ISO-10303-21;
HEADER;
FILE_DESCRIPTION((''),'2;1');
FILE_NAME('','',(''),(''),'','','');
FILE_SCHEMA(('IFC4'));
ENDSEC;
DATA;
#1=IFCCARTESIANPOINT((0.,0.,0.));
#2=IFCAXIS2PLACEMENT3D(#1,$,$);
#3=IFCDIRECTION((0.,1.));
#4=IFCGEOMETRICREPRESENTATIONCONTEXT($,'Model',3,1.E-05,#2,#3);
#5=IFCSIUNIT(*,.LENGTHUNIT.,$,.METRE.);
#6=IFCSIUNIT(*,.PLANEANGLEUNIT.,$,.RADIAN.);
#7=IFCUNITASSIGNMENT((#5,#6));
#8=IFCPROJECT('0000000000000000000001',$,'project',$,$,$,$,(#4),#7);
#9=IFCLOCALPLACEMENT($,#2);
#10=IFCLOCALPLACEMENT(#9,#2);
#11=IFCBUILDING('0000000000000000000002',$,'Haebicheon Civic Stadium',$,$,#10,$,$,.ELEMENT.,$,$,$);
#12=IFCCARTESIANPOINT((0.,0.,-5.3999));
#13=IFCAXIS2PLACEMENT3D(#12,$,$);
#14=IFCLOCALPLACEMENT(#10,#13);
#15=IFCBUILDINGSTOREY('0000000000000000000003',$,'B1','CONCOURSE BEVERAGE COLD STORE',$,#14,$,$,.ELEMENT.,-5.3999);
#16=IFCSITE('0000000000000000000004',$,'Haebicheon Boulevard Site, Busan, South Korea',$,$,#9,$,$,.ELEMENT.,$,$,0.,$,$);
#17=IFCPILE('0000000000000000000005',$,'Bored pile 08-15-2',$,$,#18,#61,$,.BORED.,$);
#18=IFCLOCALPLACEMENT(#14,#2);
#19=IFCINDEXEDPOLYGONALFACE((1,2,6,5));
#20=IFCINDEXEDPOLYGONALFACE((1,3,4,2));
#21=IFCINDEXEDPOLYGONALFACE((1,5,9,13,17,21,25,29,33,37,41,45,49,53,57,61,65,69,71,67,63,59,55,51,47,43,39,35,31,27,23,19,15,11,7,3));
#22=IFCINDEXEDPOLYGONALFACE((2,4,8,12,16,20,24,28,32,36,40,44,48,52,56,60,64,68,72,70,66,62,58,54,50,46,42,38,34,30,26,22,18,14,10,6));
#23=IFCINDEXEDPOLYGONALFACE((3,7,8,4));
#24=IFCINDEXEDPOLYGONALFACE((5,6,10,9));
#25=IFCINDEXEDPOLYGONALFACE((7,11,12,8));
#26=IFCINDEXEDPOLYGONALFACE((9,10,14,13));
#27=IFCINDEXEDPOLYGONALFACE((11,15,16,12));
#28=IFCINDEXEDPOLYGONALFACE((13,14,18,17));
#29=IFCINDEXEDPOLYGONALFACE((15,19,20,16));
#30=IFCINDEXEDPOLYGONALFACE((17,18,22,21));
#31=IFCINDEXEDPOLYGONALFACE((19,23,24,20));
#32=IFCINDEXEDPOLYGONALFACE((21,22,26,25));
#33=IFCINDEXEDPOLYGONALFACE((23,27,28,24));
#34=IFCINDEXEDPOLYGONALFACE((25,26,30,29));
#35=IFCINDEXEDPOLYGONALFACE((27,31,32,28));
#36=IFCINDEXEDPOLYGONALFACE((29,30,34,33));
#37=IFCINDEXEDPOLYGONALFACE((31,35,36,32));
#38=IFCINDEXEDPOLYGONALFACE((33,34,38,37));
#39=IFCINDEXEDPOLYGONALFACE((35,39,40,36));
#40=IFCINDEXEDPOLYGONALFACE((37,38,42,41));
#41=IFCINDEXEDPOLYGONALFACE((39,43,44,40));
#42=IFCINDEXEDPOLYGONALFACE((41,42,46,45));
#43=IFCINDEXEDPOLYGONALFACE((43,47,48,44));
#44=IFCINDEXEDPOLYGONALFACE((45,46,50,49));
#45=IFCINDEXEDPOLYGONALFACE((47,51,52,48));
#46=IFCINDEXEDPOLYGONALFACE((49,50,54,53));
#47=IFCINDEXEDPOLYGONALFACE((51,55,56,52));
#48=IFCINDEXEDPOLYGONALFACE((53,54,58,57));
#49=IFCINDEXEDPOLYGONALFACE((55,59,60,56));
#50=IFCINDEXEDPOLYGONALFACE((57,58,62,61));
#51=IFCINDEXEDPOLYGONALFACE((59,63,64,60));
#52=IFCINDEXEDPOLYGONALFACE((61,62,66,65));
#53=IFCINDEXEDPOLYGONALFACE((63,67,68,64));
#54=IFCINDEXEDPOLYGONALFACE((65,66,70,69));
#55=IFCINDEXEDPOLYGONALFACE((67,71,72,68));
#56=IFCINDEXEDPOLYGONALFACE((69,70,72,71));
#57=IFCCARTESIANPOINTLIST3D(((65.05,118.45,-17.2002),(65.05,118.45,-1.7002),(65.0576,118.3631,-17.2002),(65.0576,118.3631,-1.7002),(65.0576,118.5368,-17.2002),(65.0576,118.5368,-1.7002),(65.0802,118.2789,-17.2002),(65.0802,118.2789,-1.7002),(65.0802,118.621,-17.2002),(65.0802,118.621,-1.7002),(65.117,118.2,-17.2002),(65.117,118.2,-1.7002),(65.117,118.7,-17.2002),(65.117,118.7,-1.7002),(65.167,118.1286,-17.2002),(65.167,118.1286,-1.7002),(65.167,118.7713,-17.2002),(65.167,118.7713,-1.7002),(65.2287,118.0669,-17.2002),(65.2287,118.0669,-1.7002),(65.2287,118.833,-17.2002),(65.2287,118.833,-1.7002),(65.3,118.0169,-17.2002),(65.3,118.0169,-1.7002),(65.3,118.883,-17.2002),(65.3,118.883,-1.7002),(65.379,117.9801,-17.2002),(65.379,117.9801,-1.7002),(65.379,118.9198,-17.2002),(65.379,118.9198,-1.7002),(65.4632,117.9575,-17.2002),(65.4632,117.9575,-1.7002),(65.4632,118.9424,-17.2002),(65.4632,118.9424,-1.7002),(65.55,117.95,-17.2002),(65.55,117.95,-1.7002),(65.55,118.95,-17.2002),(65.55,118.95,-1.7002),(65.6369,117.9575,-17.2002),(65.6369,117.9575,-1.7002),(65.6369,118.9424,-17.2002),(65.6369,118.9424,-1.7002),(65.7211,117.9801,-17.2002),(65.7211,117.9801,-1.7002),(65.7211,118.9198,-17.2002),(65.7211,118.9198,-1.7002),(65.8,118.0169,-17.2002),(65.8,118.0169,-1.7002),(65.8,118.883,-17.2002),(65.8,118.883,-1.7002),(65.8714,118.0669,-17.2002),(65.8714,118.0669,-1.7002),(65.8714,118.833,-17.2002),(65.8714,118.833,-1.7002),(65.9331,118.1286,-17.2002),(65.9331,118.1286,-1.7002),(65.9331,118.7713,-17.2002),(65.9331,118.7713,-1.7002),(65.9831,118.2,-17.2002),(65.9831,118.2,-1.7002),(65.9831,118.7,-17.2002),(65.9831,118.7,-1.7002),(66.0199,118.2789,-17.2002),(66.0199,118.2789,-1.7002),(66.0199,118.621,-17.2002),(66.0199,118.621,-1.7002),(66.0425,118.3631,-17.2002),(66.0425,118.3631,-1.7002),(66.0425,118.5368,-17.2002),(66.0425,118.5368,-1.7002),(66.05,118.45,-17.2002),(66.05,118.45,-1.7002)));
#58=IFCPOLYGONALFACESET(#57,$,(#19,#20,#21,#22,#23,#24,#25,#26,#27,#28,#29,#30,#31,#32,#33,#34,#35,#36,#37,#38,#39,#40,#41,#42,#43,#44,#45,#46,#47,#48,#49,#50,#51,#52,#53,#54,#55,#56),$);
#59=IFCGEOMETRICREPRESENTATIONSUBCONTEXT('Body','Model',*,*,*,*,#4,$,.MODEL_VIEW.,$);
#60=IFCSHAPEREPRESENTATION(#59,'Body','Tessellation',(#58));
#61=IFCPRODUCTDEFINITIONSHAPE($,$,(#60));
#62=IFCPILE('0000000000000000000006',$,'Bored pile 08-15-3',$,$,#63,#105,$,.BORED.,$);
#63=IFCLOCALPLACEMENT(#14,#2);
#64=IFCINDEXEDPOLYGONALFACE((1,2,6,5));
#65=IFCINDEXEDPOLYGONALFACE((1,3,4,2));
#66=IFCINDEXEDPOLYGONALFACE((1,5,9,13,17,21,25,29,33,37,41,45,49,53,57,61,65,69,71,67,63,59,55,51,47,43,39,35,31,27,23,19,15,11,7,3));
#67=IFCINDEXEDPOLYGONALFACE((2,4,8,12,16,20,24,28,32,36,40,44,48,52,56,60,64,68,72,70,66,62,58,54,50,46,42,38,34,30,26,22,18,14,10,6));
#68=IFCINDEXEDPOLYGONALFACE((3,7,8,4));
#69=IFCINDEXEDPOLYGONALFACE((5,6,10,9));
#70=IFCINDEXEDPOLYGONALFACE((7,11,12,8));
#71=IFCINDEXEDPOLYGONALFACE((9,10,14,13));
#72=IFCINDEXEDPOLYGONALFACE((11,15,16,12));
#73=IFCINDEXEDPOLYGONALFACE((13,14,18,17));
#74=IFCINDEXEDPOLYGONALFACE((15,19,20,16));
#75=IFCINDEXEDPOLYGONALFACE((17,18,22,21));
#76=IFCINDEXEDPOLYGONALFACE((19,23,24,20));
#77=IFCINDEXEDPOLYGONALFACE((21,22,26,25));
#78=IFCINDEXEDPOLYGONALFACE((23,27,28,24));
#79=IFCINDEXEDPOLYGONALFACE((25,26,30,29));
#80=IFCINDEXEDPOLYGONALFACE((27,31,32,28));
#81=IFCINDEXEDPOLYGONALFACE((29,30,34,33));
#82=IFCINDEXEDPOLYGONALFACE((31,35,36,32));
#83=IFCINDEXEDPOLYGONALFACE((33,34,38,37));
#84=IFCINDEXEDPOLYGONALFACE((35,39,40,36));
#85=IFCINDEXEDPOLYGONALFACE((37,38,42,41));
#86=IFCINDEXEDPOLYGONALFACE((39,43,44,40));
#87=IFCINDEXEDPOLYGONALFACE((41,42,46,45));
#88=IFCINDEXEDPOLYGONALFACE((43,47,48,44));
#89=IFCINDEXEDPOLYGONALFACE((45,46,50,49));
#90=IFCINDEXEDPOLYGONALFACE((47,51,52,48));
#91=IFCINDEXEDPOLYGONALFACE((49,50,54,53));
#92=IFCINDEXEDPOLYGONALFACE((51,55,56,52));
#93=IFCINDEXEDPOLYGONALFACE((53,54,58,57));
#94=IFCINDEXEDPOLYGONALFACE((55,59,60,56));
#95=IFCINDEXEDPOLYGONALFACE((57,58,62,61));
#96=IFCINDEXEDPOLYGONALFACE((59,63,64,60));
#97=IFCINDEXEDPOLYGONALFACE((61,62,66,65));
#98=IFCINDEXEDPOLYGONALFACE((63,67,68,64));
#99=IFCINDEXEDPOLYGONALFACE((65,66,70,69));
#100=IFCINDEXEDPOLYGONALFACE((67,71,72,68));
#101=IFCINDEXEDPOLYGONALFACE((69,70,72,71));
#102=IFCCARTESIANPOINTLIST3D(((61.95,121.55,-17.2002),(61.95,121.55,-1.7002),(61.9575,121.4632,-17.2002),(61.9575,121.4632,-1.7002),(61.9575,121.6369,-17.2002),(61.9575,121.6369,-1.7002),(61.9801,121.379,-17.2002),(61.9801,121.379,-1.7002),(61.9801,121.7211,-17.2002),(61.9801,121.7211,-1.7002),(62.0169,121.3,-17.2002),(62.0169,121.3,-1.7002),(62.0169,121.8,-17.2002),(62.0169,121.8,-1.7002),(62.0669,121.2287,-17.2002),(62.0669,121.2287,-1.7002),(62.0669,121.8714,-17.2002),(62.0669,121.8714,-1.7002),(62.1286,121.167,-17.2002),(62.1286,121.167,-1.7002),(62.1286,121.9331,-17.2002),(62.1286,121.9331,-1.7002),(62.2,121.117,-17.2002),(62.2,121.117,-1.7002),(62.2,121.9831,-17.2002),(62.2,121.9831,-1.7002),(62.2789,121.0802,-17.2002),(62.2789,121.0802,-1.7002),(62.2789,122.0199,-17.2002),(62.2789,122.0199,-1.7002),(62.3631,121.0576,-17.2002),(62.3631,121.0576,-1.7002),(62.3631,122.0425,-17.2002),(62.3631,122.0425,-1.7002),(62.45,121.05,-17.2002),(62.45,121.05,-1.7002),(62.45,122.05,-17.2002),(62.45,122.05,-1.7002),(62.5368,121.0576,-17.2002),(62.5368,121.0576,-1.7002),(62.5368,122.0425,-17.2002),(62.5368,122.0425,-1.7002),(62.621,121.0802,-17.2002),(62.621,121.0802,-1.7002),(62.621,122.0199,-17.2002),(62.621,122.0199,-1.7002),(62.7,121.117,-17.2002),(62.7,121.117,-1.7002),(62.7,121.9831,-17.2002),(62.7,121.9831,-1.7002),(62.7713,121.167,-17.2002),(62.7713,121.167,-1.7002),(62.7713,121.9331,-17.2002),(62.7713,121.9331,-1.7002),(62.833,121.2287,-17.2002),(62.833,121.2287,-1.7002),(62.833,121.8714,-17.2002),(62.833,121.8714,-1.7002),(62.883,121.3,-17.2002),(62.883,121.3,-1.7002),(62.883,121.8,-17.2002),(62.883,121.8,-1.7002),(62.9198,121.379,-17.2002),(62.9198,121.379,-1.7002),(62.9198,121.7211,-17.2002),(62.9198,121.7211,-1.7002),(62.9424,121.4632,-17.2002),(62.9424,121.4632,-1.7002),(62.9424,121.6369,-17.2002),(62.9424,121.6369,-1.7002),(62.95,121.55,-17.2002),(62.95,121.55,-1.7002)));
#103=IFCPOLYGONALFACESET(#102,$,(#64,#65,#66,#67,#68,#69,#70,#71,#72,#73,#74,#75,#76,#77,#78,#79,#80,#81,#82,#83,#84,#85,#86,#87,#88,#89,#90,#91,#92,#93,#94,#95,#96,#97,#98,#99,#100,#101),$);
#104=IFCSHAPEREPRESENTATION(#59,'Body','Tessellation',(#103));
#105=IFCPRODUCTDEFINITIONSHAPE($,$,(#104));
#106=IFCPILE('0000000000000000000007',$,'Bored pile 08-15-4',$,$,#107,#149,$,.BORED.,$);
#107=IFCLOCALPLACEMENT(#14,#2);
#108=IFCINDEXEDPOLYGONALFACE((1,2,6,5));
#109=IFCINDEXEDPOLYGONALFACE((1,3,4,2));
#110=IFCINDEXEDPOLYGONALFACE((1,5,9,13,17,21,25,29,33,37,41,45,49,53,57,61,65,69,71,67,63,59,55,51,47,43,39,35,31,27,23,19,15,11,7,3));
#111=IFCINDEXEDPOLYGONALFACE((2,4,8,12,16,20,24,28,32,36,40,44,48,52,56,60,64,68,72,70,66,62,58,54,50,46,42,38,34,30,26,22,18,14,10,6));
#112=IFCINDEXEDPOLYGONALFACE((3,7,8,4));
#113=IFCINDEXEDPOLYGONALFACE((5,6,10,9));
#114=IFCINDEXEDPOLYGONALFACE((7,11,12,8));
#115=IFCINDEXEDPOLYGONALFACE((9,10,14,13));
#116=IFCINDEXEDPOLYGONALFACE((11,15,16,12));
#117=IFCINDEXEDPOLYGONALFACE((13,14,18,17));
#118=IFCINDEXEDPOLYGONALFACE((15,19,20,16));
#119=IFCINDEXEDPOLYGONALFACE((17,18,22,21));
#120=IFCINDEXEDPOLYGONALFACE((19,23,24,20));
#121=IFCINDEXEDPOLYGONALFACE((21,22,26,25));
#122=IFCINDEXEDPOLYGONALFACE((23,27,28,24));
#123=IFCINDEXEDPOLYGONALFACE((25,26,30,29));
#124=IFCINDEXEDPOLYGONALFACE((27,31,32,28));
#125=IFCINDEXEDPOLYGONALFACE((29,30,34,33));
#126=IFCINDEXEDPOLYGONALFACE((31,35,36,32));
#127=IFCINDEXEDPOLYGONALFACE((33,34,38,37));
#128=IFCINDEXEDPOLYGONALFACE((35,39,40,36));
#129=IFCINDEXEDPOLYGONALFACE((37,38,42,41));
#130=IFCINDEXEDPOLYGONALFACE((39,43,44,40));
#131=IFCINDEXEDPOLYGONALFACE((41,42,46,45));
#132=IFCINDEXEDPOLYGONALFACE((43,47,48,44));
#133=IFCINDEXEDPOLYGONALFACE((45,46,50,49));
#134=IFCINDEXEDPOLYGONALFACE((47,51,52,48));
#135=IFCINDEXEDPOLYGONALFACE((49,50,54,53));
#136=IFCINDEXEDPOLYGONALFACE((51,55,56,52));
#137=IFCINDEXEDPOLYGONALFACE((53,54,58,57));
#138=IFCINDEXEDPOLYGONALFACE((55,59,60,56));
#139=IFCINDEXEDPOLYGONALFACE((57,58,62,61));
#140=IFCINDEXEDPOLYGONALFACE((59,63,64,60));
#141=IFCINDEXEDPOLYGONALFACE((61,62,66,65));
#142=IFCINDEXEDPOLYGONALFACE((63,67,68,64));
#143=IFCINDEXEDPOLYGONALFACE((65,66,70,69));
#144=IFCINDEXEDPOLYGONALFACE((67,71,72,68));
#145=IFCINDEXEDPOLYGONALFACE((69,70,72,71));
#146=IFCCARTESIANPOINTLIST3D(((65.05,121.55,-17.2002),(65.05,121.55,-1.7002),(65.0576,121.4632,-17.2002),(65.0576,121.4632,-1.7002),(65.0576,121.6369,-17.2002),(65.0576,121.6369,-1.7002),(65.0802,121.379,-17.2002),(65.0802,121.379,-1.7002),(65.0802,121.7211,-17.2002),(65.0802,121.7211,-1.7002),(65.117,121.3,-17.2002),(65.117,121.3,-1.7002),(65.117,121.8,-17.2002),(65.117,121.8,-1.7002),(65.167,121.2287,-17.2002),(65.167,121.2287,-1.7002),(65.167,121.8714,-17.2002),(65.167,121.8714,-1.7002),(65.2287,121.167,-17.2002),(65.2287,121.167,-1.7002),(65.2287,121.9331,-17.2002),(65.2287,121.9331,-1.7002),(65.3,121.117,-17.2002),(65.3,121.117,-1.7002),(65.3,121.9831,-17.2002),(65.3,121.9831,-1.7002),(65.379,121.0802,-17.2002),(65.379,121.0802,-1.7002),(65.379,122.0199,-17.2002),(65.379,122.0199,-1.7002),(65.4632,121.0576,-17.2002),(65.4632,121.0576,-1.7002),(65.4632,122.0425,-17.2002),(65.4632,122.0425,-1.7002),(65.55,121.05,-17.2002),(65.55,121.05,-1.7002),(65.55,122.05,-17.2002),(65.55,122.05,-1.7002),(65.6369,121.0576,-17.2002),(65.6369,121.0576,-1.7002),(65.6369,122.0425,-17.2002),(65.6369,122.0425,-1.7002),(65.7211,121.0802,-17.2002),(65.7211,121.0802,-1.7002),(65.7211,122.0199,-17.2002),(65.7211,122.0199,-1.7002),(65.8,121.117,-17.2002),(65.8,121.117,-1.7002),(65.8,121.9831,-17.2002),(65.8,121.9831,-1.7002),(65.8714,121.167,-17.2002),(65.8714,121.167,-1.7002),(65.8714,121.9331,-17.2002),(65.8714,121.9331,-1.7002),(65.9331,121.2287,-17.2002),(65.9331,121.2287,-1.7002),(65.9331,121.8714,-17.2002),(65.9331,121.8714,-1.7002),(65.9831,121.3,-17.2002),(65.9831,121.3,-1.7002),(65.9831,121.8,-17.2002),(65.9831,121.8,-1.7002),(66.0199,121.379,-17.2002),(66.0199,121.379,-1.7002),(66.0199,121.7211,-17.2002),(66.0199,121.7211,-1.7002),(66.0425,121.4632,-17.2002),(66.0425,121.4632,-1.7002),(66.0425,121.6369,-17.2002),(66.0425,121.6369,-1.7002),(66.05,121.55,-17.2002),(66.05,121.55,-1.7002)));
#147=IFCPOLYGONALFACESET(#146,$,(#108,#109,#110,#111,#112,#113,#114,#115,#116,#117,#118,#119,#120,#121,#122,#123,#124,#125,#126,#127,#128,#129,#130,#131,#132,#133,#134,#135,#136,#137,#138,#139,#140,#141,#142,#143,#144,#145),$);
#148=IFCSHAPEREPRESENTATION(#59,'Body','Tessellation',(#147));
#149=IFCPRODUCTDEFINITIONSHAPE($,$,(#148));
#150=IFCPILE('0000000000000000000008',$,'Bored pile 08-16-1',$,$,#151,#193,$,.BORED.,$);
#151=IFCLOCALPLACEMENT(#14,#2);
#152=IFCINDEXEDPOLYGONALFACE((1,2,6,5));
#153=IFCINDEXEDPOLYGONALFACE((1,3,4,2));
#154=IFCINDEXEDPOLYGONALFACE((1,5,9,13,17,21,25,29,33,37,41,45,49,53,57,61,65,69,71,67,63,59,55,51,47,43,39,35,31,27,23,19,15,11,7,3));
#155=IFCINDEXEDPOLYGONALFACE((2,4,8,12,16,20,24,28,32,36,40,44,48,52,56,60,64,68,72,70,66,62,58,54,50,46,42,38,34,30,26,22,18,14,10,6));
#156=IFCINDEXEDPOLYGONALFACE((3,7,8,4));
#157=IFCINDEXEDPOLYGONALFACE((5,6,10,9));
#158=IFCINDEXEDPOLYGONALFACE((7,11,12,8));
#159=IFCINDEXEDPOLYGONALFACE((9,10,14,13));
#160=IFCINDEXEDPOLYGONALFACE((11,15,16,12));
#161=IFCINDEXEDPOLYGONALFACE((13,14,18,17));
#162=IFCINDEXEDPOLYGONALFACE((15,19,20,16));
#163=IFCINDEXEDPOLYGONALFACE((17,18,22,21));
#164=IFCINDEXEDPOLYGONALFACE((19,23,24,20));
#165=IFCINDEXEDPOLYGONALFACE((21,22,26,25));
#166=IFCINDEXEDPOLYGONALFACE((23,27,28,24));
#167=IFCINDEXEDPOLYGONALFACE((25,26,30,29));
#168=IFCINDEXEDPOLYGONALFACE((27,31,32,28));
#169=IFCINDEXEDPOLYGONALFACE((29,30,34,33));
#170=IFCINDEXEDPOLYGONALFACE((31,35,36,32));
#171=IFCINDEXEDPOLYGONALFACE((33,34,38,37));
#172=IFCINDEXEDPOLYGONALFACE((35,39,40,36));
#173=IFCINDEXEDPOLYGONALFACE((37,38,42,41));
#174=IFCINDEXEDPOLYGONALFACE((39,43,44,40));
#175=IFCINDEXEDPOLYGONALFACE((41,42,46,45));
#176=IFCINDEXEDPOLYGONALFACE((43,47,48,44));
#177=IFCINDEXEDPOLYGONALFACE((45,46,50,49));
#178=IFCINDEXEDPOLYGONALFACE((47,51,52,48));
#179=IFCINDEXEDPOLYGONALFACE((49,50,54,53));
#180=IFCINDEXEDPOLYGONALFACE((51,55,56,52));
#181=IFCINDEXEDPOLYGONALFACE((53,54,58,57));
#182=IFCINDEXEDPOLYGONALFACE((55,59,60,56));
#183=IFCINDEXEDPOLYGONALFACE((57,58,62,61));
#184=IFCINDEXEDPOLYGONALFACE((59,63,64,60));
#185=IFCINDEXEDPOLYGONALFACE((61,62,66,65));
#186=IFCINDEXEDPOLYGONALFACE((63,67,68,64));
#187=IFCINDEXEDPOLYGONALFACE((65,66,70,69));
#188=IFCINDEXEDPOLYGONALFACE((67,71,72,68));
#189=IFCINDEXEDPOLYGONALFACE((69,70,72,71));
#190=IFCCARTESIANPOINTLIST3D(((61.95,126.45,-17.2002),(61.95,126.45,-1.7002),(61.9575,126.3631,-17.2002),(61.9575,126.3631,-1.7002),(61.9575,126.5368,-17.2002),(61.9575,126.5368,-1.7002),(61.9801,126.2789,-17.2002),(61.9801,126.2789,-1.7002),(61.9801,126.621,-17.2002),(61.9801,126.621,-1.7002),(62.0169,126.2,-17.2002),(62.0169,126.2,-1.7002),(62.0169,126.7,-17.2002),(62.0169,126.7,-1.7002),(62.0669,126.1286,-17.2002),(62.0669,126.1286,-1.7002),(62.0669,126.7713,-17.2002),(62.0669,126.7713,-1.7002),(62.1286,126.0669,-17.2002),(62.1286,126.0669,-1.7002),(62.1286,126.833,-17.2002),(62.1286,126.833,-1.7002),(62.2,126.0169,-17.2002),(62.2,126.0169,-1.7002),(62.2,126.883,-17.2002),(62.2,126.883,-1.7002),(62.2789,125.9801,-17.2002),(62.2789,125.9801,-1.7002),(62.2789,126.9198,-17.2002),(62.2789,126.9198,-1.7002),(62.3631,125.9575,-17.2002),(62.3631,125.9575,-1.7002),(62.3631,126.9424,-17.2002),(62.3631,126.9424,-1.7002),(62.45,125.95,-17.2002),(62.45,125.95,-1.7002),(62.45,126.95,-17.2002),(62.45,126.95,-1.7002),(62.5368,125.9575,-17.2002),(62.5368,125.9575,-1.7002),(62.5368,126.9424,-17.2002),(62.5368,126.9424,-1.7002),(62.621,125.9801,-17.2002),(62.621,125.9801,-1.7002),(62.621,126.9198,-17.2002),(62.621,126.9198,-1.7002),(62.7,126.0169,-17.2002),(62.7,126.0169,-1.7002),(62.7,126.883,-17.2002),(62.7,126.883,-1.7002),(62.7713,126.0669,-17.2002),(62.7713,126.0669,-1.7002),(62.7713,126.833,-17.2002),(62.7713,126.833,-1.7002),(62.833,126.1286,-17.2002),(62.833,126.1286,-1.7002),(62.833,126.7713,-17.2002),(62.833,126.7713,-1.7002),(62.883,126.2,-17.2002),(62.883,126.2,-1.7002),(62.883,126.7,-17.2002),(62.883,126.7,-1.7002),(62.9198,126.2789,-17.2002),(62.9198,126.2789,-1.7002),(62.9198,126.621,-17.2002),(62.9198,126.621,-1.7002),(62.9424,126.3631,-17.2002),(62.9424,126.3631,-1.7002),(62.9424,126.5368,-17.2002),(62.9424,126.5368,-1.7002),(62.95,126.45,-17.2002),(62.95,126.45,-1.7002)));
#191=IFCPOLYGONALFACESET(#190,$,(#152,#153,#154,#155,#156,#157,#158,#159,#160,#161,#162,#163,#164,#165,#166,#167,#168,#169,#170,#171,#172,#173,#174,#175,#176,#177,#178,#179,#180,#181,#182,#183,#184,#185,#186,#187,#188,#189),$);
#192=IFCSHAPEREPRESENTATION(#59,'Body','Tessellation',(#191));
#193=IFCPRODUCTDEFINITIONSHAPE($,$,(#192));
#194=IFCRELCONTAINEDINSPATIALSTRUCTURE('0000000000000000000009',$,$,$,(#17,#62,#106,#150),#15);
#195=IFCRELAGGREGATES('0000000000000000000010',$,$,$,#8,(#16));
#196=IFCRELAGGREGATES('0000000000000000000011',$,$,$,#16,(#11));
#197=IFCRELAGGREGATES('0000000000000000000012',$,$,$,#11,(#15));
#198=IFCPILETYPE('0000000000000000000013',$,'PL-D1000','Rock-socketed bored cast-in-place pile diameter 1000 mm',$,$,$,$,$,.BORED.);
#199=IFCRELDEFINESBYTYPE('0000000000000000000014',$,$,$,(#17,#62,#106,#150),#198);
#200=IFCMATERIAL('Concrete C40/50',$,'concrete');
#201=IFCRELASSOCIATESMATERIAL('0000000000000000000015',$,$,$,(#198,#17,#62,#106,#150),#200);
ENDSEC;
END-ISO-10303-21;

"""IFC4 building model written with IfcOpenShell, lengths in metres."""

from ifc_helpers import new_model, si_unit, direction, frame, origin, origin_2d, place, context, subcontext, project, spatial, circle, extrude, material, material_profile, profile_set, type_object, element, save


model = new_model("IFC4")

# Units and contexts
model_context = context("Model", 3, precision=1e-05, world=origin(), true_north=direction((0.0, 1.0)))
body_context = subcontext(model_context, "Body", "Model", "MODEL_VIEW")
ifc_project = project(units=[si_unit("LENGTHUNIT", "METRE"), si_unit("PLANEANGLEUNIT", "RADIAN")], contexts=[model_context])

# Site, building, storey
site_placement = place(None, origin())
site = spatial("IfcSite", under=ifc_project, at=site_placement, Name="Haebicheon Boulevard Site, Busan, South Korea", CompositionType="ELEMENT", RefElevation=0.0)
building_placement = place(site_placement, origin())
building = spatial("IfcBuilding", under=site, at=building_placement, Name="Haebicheon Civic Stadium", CompositionType="ELEMENT")
storey_placement = place(building_placement, frame((0.0, 0.0, -5.3999)))
storey = spatial("IfcBuildingStorey", under=building, at=storey_placement, Name="B1", Description="CONCOURSE BEVERAGE COLD STORE", CompositionType="ELEMENT", Elevation=-5.3999)

# Piles
ifc_material_1 = material(Name="Concrete C40/50", Category="concrete")
ifc_material_profile_1 = material_profile(ifc_material_1, circle(Radius=0.5, at=origin_2d()), Name="PILE-D1000")
ifc_profile_set_1 = profile_set([ifc_material_profile_1], Name="Concrete C40/50")
pile_type = type_object("IfcPileType", Name="PL-D1000", Description="Rock-socketed bored cast-in-place pile diameter 1000 mm", PredefinedType="BORED", material=ifc_profile_set_1)
for number, where, z_axis, x_axis, name in (
    (1, (65.55, 118.45, -1.7002), (0.0, 0.0, -1.0), (1.0, 0.0, 0.0), "Bored pile 08-15-2"),
    (2, (62.45, 121.55, -1.7002), (0.0, 0.0, -1.0), (1.0, 0.0, 0.0), "Bored pile 08-15-3"),
    (3, (65.55, 121.55, -1.7002), (0.0, 0.0, -1.0), (1.0, 0.0, 0.0), "Bored pile 08-15-4"),
    (4, (62.45, 126.45, -1.7002), (0.0, 0.0, -1.0), (1.0, 0.0, 0.0), "Bored pile 08-16-1"),
):
    element("IfcPile", number, at=place(storey_placement, frame(where, z_axis=z_axis, x_axis=x_axis)), inside=storey, type_object=pile_type, material=ifc_profile_set_1, Name=name, PredefinedType="BORED", context=body_context, shape_type="SweptSolid", body=[
        extrude(circle(Radius=0.5, at=origin_2d()), origin(), (0.0, 0.0, 1.0), 15.5),
    ])

save(model, "model.ifc")
